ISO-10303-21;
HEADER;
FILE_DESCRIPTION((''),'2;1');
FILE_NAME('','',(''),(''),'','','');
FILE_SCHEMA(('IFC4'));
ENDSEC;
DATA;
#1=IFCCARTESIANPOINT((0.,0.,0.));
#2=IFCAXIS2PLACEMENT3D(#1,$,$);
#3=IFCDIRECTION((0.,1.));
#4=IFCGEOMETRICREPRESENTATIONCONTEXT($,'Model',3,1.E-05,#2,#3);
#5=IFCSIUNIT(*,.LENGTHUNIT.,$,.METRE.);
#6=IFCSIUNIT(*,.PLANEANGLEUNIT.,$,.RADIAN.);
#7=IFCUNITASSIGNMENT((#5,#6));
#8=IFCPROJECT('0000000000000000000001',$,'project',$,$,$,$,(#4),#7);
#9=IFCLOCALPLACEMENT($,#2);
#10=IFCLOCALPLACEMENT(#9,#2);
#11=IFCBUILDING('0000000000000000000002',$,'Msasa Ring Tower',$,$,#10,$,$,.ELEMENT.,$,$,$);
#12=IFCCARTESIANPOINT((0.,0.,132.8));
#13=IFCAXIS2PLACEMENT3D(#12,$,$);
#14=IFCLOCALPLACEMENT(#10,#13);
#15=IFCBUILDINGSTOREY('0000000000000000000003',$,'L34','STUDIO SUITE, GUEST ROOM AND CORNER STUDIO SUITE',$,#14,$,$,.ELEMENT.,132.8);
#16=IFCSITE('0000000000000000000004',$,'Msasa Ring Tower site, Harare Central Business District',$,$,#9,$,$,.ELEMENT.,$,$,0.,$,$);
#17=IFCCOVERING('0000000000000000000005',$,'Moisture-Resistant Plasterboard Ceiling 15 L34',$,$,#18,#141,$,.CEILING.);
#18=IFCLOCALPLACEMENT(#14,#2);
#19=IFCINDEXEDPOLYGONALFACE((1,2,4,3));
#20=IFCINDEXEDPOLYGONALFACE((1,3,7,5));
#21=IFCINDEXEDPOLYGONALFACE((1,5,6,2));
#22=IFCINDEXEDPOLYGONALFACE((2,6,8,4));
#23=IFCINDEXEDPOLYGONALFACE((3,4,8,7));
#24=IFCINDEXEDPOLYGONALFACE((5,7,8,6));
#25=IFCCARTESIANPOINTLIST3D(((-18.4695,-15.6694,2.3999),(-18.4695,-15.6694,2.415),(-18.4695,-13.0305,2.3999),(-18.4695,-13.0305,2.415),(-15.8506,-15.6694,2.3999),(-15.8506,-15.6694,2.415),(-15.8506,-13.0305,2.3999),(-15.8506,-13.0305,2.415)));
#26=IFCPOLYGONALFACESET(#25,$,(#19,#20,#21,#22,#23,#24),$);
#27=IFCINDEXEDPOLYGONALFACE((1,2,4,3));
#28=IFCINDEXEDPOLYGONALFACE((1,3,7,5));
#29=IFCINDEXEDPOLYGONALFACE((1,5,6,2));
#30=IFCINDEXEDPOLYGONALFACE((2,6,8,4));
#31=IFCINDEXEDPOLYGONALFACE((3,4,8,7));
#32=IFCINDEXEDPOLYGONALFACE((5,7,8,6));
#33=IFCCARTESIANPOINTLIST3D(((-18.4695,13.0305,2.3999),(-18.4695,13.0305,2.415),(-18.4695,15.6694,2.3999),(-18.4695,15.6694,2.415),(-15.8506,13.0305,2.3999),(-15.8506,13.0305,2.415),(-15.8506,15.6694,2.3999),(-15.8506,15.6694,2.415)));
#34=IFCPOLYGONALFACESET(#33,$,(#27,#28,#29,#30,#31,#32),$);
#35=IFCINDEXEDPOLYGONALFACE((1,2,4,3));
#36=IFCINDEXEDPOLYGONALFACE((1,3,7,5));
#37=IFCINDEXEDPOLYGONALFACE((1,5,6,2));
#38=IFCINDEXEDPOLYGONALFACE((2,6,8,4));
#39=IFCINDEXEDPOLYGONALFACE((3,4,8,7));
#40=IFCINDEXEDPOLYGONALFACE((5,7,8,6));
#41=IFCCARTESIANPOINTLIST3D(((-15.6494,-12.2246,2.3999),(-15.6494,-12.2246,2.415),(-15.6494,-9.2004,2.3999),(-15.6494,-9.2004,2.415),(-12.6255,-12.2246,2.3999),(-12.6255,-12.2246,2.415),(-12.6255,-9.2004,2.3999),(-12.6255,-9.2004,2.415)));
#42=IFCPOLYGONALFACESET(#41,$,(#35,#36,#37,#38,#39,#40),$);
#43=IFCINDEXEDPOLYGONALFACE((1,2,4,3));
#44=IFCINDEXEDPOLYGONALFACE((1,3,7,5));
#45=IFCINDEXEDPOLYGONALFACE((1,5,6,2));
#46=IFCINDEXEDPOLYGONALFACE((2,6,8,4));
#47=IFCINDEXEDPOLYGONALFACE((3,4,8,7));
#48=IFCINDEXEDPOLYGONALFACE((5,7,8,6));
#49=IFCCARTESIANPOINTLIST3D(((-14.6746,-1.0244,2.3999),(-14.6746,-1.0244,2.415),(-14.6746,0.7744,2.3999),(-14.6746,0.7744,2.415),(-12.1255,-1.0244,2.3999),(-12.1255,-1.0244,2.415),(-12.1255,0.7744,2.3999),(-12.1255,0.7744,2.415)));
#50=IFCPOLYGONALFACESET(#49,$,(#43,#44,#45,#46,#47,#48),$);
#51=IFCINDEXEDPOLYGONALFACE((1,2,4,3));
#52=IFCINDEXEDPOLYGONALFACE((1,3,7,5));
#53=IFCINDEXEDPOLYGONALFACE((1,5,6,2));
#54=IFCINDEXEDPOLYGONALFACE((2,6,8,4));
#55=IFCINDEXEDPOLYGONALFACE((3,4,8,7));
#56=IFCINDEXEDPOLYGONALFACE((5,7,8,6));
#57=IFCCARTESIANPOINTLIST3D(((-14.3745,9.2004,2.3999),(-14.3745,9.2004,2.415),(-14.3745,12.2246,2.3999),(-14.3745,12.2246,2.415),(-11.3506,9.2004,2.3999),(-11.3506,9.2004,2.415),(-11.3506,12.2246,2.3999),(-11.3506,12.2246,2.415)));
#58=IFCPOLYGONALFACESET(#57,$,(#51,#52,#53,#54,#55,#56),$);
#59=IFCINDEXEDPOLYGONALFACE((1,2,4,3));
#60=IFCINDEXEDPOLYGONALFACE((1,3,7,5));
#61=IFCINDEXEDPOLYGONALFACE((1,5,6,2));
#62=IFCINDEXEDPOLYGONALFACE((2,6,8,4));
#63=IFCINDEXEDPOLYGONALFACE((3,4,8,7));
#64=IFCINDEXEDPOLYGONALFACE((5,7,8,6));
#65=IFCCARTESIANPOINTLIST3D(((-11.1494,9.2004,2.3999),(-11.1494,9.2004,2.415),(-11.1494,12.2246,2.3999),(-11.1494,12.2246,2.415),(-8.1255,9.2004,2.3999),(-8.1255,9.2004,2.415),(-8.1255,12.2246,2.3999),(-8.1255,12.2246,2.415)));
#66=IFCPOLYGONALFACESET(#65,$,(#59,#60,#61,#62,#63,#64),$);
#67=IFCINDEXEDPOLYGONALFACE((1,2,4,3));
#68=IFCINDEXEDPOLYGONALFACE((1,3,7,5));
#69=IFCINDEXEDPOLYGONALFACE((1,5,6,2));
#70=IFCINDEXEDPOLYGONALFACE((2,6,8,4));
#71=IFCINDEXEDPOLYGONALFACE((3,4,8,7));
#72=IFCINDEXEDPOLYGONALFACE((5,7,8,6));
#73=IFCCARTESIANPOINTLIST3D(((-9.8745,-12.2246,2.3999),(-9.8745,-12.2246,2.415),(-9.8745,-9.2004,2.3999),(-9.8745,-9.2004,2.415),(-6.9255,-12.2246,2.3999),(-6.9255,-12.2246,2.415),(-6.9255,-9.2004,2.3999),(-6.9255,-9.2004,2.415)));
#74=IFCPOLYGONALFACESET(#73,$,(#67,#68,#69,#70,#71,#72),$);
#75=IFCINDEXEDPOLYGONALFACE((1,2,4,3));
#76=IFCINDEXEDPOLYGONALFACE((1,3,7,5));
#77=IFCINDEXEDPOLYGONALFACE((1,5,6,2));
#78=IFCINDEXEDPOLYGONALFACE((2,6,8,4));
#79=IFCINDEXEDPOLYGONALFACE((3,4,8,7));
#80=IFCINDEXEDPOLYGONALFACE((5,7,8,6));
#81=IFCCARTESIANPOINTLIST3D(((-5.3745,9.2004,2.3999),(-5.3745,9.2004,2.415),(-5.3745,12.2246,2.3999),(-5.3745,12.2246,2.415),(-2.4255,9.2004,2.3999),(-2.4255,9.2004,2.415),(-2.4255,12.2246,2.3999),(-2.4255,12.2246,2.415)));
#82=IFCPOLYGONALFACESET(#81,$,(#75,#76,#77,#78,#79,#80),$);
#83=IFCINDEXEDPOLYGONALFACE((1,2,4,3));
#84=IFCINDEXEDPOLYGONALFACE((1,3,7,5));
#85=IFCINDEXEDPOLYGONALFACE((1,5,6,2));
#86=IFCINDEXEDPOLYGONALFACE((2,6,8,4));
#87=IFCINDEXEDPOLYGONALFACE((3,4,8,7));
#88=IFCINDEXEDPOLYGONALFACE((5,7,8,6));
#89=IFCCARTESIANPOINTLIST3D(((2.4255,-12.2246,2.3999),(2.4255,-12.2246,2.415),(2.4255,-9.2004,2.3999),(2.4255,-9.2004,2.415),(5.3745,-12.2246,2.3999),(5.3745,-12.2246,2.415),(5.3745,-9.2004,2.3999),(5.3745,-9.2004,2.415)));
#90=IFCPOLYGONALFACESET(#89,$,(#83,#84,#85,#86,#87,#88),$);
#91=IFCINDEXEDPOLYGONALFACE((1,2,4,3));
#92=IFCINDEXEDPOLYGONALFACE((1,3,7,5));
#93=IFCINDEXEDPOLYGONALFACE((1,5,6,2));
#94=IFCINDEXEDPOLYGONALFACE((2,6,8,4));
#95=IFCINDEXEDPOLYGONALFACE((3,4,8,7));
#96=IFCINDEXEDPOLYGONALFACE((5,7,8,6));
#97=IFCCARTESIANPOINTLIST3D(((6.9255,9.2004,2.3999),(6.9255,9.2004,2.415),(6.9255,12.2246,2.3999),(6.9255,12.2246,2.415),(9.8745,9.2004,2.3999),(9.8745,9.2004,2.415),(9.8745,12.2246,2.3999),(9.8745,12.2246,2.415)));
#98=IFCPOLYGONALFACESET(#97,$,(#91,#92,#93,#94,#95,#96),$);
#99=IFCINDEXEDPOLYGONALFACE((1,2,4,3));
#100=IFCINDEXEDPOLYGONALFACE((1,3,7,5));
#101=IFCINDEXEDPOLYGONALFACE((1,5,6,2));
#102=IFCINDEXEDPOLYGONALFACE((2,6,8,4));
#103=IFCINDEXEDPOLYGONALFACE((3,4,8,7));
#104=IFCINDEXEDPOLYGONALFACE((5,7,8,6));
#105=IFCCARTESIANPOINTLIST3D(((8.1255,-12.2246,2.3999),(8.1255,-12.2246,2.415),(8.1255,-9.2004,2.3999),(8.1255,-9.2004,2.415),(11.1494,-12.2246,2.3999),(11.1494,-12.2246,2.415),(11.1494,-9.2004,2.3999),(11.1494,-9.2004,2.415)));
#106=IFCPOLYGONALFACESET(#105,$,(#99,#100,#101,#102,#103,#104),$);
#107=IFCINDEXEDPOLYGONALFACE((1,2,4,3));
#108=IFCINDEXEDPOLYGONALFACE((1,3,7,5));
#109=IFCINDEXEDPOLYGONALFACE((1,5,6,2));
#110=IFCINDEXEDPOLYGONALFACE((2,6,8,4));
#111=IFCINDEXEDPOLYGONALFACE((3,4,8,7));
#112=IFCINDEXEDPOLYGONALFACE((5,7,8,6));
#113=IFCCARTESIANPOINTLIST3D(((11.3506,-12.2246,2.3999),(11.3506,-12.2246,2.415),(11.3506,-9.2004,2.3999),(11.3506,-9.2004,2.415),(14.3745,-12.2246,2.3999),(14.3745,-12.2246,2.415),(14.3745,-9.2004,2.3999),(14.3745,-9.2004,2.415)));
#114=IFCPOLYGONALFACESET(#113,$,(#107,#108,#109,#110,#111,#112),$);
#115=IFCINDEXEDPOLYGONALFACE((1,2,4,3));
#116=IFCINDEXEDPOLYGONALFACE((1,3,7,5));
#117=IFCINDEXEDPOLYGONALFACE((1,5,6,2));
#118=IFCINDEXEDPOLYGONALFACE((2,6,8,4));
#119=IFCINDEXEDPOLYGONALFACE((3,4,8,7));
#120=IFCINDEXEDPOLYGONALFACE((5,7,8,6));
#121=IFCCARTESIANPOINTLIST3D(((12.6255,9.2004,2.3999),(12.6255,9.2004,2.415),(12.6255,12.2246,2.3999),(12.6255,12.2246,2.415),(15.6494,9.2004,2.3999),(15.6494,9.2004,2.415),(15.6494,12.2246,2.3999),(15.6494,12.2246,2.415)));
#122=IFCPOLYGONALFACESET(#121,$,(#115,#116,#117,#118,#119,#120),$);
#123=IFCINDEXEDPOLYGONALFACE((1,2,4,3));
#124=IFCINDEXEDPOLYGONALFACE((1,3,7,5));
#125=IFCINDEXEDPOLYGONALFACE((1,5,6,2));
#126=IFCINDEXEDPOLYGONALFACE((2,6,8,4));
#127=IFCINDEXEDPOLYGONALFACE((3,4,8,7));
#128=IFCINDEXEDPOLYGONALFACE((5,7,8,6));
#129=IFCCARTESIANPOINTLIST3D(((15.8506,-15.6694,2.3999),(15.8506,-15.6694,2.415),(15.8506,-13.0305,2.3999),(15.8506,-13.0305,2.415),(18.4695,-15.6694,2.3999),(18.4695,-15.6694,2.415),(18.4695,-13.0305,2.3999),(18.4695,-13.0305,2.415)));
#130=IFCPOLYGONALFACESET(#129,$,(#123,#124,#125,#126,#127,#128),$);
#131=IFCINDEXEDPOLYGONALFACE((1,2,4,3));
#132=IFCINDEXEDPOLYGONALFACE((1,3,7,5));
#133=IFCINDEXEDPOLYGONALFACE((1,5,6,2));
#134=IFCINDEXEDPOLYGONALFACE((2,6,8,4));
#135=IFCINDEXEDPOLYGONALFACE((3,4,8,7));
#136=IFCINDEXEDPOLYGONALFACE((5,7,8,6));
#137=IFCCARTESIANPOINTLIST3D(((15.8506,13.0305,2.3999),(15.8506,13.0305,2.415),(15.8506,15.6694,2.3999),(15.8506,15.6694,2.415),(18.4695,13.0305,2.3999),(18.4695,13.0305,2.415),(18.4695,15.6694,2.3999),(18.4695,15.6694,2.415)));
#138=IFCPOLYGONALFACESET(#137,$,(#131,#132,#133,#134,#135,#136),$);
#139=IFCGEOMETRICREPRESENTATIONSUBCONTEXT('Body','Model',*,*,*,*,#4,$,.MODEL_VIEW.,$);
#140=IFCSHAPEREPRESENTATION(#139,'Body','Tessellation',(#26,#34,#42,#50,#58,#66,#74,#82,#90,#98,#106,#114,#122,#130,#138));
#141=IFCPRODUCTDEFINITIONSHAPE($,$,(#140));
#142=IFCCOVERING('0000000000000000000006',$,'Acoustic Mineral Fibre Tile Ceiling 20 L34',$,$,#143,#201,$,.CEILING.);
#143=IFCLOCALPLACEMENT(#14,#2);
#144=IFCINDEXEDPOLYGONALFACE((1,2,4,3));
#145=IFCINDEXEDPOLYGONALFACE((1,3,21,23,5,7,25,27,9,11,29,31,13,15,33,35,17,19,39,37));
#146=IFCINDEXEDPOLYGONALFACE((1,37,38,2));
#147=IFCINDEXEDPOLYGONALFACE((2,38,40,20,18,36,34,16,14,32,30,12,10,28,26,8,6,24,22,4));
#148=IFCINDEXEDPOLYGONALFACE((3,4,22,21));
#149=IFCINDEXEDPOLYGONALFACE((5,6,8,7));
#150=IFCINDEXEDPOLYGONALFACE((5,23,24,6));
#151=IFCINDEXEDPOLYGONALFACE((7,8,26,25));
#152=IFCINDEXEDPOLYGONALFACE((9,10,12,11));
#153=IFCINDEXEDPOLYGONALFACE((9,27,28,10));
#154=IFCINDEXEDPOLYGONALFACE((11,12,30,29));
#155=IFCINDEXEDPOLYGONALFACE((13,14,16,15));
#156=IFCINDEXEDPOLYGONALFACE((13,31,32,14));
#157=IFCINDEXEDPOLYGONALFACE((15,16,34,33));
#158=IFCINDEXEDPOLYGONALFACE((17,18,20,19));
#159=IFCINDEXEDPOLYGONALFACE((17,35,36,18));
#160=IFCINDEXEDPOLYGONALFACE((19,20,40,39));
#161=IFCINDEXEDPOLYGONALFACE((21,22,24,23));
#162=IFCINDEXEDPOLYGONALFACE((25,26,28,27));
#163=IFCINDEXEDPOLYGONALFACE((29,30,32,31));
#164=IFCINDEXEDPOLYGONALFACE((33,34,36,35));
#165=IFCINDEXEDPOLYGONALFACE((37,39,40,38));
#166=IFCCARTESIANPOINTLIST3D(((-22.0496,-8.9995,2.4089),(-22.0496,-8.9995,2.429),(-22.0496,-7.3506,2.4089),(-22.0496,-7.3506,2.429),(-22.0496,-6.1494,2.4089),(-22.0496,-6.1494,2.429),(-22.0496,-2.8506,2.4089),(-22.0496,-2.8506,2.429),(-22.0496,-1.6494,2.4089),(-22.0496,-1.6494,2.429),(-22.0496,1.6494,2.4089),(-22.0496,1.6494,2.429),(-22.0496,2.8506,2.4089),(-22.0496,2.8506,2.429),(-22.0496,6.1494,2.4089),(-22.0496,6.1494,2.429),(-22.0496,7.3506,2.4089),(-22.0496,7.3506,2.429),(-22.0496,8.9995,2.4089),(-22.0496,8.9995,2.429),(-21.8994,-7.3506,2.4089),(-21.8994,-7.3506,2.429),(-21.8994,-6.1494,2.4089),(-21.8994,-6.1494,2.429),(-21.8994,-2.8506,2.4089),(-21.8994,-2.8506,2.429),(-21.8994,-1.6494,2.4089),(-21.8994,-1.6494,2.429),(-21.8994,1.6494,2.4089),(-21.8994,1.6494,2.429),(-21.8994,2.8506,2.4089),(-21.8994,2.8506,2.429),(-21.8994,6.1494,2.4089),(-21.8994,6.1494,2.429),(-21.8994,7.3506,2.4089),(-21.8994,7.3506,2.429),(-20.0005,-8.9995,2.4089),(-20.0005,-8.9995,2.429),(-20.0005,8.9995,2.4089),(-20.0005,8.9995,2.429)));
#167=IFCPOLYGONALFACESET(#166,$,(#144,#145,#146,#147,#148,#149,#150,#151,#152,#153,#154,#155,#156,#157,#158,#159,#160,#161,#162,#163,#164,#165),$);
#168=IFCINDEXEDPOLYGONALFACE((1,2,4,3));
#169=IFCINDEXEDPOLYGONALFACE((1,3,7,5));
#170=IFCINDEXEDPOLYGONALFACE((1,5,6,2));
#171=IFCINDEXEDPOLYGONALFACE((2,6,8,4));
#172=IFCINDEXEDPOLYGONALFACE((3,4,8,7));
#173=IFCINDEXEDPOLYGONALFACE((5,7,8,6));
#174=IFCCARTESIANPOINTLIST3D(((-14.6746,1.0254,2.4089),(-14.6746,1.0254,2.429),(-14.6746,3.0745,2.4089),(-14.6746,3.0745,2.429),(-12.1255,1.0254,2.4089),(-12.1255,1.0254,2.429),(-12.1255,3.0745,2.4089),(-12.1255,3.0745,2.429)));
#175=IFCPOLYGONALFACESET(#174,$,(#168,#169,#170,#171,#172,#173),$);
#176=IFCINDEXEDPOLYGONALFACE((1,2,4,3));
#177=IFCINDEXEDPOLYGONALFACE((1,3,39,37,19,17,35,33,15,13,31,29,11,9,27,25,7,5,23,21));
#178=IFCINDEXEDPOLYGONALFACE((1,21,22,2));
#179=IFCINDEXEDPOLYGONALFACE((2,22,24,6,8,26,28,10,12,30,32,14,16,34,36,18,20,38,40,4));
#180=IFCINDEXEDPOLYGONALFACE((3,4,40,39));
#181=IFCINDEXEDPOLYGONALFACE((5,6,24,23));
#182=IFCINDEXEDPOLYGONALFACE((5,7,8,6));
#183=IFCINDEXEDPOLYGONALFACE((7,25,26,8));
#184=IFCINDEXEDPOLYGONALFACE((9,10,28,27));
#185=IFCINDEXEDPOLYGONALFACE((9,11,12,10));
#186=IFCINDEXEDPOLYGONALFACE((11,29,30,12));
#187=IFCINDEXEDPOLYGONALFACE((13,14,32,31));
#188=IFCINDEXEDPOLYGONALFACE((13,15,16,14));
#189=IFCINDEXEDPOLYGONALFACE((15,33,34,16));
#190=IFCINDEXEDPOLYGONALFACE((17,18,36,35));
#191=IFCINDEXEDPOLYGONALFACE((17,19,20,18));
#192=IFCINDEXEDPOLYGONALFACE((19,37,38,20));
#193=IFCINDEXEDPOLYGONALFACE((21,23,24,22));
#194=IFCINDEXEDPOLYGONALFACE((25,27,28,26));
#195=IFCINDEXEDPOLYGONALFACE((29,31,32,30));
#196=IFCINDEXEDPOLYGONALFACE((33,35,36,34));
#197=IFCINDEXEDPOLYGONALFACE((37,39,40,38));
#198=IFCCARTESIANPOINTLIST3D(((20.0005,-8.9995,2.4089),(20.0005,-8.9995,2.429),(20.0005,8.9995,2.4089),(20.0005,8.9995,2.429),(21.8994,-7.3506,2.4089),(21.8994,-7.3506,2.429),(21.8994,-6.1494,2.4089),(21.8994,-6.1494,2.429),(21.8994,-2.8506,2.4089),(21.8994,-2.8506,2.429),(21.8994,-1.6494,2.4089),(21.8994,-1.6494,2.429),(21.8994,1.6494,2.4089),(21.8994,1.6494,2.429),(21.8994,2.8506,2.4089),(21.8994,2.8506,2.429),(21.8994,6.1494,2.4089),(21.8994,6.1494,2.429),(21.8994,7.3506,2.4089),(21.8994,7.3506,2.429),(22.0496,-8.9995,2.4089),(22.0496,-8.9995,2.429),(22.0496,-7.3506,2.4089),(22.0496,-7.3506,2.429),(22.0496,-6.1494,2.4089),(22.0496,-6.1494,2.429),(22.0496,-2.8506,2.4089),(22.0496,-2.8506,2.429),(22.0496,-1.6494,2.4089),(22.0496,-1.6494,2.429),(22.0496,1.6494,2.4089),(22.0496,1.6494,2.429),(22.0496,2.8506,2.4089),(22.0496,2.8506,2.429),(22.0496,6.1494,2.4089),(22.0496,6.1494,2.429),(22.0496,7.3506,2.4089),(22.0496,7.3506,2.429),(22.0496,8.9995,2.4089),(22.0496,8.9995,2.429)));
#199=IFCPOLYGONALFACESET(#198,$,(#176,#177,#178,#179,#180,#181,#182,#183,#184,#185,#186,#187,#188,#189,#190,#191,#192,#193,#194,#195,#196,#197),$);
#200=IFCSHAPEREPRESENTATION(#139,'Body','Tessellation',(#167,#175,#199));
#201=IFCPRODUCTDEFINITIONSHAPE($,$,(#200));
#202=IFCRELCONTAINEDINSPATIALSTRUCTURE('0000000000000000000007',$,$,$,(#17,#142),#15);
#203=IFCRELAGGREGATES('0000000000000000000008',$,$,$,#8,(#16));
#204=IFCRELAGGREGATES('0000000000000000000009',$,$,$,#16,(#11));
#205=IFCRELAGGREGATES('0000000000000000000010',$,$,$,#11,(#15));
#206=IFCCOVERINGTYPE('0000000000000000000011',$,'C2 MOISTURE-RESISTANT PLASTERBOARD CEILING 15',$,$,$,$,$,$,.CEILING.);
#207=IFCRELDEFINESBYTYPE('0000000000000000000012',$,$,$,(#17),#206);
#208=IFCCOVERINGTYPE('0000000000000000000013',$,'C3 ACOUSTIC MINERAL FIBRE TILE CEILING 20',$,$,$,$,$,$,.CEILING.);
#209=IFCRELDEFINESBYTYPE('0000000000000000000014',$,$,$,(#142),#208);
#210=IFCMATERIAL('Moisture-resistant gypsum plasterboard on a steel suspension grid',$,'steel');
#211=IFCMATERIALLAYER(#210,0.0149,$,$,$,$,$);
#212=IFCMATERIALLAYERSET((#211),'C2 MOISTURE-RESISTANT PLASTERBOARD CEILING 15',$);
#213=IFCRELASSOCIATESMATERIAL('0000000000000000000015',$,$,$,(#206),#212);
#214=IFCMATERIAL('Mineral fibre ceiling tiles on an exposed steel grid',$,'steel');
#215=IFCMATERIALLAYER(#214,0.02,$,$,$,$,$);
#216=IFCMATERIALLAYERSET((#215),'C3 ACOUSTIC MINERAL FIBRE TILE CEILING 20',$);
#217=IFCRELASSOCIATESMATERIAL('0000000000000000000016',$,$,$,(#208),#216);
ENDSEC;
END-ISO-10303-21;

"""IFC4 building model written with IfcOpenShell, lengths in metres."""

from ifc_helpers import new_model, si_unit, direction, frame, origin, place, context, subcontext, project, spatial, line, indexed_curve, outline, extrude, material, layer, layer_set, type_object, element, save


model = new_model("IFC4")

# Units and contexts
model_context = context("Model", 3, precision=1e-05, world=origin(), true_north=direction((0.0, 1.0)))
body_context = subcontext(model_context, "Body", "Model", "MODEL_VIEW")
ifc_project = project(units=[si_unit("LENGTHUNIT", "METRE"), si_unit("PLANEANGLEUNIT", "RADIAN")], contexts=[model_context])

# Site, building, storey
site_placement = place(None, origin())
site = spatial("IfcSite", under=ifc_project, at=site_placement, Name="Msasa Ring Tower site, Harare Central Business District", CompositionType="ELEMENT", RefElevation=0.0)
building_placement = place(site_placement, origin())
building = spatial("IfcBuilding", under=site, at=building_placement, Name="Msasa Ring Tower", CompositionType="ELEMENT")
storey_placement = place(building_placement, frame((0.0, 0.0, 132.8)))
storey = spatial("IfcBuildingStorey", under=building, at=storey_placement, Name="L34", Description="STUDIO SUITE, GUEST ROOM AND CORNER STUDIO SUITE", CompositionType="ELEMENT", Elevation=132.8)

# Coverings
ifc_material_1 = material(Name="Moisture-resistant gypsum plasterboard on a steel suspension grid", Category="steel")
ifc_layer_1 = layer(ifc_material_1, 0.0149)
ifc_layer_set_1 = layer_set([ifc_layer_1], Name="C2 MOISTURE-RESISTANT PLASTERBOARD CEILING 15")
covering_type_1 = type_object("IfcCoveringType", Name="C2 MOISTURE-RESISTANT PLASTERBOARD CEILING 15", PredefinedType="CEILING", material=ifc_layer_set_1)
covering_1_placement = place(storey_placement, frame((0.0, 0.0, 2.3999)))
element("IfcCovering", 1, at=covering_1_placement, inside=storey, type_object=covering_type_1, Name="Moisture-Resistant Plasterboard Ceiling 15 L34", PredefinedType="CEILING", context=body_context, shape_type="SweptSolid", body=[
    extrude(outline(indexed_curve([(-18.4695, -15.6694), (-18.4695, -13.0305), (-15.8506, -13.0305), (-15.8506, -15.6694)], segments=[line(1, 2, 3, 4, 1)], self_intersect=False)), origin(), (0.0, 0.0, 1.0), 0.0151),
    extrude(outline(indexed_curve([(-18.4695, 15.6694), (-15.8506, 15.6694), (-15.8506, 13.0305), (-18.4695, 13.0305)], segments=[line(1, 2, 3, 4, 1)], self_intersect=False)), origin(), (0.0, 0.0, 1.0), 0.0151),
    extrude(outline(indexed_curve([(-15.6494, -9.2004), (-12.6255, -9.2004), (-12.6255, -12.2246), (-15.6494, -12.2246)], segments=[line(1, 2, 3, 4, 1)], self_intersect=False)), origin(), (0.0, 0.0, 1.0), 0.0151),
    extrude(outline(indexed_curve([(-14.6746, 0.7744), (-12.1255, 0.7744), (-12.1255, -1.0244), (-14.6746, -1.0244)], segments=[line(1, 2, 3, 4, 1)], self_intersect=False)), origin(), (0.0, 0.0, 1.0), 0.0151),
    extrude(outline(indexed_curve([(-11.3506, 9.2004), (-14.3745, 9.2004), (-14.3745, 12.2246), (-11.3506, 12.2246)], segments=[line(1, 2, 3, 4, 1)], self_intersect=False)), origin(), (0.0, 0.0, 1.0), 0.0151),
    extrude(outline(indexed_curve([(-11.1494, 12.2246), (-8.1255, 12.2246), (-8.1255, 9.2004), (-11.1494, 9.2004)], segments=[line(1, 2, 3, 4, 1)], self_intersect=False)), origin(), (0.0, 0.0, 1.0), 0.0151),
    extrude(outline(indexed_curve([(-6.9255, -9.2004), (-6.9255, -12.2246), (-9.8745, -12.2246), (-9.8745, -9.2004)], segments=[line(1, 2, 3, 4, 1)], self_intersect=False)), origin(), (0.0, 0.0, 1.0), 0.0151),
    extrude(outline(indexed_curve([(-5.3745, 9.2004), (-5.3745, 12.2246), (-2.4255, 12.2246), (-2.4255, 9.2004)], segments=[line(1, 2, 3, 4, 1)], self_intersect=False)), origin(), (0.0, 0.0, 1.0), 0.0151),
    extrude(outline(indexed_curve([(5.3745, -9.2004), (5.3745, -12.2246), (2.4255, -12.2246), (2.4255, -9.2004)], segments=[line(1, 2, 3, 4, 1)], self_intersect=False)), origin(), (0.0, 0.0, 1.0), 0.0151),
    extrude(outline(indexed_curve([(6.9255, 9.2004), (6.9255, 12.2246), (9.8745, 12.2246), (9.8745, 9.2004)], segments=[line(1, 2, 3, 4, 1)], self_intersect=False)), origin(), (0.0, 0.0, 1.0), 0.0151),
    extrude(outline(indexed_curve([(11.1494, -9.2004), (11.1494, -12.2246), (8.1255, -12.2246), (8.1255, -9.2004)], segments=[line(1, 2, 3, 4, 1)], self_intersect=False)), origin(), (0.0, 0.0, 1.0), 0.0151),
    extrude(outline(indexed_curve([(11.3506, -9.2004), (14.3745, -9.2004), (14.3745, -12.2246), (11.3506, -12.2246)], segments=[line(1, 2, 3, 4, 1)], self_intersect=False)), origin(), (0.0, 0.0, 1.0), 0.0151),
    extrude(outline(indexed_curve([(15.6494, 9.2004), (12.6255, 9.2004), (12.6255, 12.2246), (15.6494, 12.2246)], segments=[line(1, 2, 3, 4, 1)], self_intersect=False)), origin(), (0.0, 0.0, 1.0), 0.0151),
    extrude(outline(indexed_curve([(15.8506, -13.0305), (18.4695, -13.0305), (18.4695, -15.6694), (15.8506, -15.6694)], segments=[line(1, 2, 3, 4, 1)], self_intersect=False)), origin(), (0.0, 0.0, 1.0), 0.0151),
    extrude(outline(indexed_curve([(15.8506, 15.6694), (18.4695, 15.6694), (18.4695, 13.0305), (15.8506, 13.0305)], segments=[line(1, 2, 3, 4, 1)], self_intersect=False)), origin(), (0.0, 0.0, 1.0), 0.0151),
])
ifc_material_2 = material(Name="Mineral fibre ceiling tiles on an exposed steel grid", Category="steel")
ifc_layer_2 = layer(ifc_material_2, 0.02)
ifc_layer_set_2 = layer_set([ifc_layer_2], Name="C3 ACOUSTIC MINERAL FIBRE TILE CEILING 20")
covering_type_2 = type_object("IfcCoveringType", Name="C3 ACOUSTIC MINERAL FIBRE TILE CEILING 20", PredefinedType="CEILING", material=ifc_layer_set_2)
covering_2_placement = place(storey_placement, frame((0.0, 0.0, 2.4089)))
element("IfcCovering", 2, at=covering_2_placement, inside=storey, type_object=covering_type_2, Name="Acoustic Mineral Fibre Tile Ceiling 20 L34", PredefinedType="CEILING", context=body_context, shape_type="SweptSolid", body=[
    extrude(outline(indexed_curve([(-22.0496, -8.9995), (-22.0496, -7.3506), (-21.8994, -7.3506), (-21.8994, -6.1494), (-22.0496, -6.1494), (-22.0496, -2.8506), (-21.8994, -2.8506), (-21.8994, -1.6494), (-22.0496, -1.6494), (-22.0496, 1.6494), (-21.8994, 1.6494), (-21.8994, 2.8506), (-22.0496, 2.8506), (-22.0496, 6.1494), (-21.8994, 6.1494), (-21.8994, 7.3506), (-22.0496, 7.3506), (-22.0496, 8.9995), (-20.0005, 8.9995), (-20.0005, -8.9995)], segments=[line(1, 2, 3, 4, 5, 6, 7, 8, 9, 10, 11, 12, 13, 14, 15, 16, 17, 18, 19, 20, 1)], self_intersect=False)), origin(), (0.0, 0.0, 1.0), 0.02),
    extrude(outline(indexed_curve([(-12.1255, 1.0254), (-14.6746, 1.0254), (-14.6746, 3.0745), (-12.1255, 3.0745)], segments=[line(1, 2, 3, 4, 1)], self_intersect=False)), origin(), (0.0, 0.0, 1.0), 0.02),
    extrude(outline(indexed_curve([(22.0496, 8.9995), (22.0496, 7.3506), (21.8994, 7.3506), (21.8994, 6.1494), (22.0496, 6.1494), (22.0496, 2.8506), (21.8994, 2.8506), (21.8994, 1.6494), (22.0496, 1.6494), (22.0496, -1.6494), (21.8994, -1.6494), (21.8994, -2.8506), (22.0496, -2.8506), (22.0496, -6.1494), (21.8994, -6.1494), (21.8994, -7.3506), (22.0496, -7.3506), (22.0496, -8.9995), (20.0005, -8.9995), (20.0005, 8.9995)], segments=[line(1, 2, 3, 4, 5, 6, 7, 8, 9, 10, 11, 12, 13, 14, 15, 16, 17, 18, 19, 20, 1)], self_intersect=False)), origin(), (0.0, 0.0, 1.0), 0.02),
])

save(model, "model.ifc")
